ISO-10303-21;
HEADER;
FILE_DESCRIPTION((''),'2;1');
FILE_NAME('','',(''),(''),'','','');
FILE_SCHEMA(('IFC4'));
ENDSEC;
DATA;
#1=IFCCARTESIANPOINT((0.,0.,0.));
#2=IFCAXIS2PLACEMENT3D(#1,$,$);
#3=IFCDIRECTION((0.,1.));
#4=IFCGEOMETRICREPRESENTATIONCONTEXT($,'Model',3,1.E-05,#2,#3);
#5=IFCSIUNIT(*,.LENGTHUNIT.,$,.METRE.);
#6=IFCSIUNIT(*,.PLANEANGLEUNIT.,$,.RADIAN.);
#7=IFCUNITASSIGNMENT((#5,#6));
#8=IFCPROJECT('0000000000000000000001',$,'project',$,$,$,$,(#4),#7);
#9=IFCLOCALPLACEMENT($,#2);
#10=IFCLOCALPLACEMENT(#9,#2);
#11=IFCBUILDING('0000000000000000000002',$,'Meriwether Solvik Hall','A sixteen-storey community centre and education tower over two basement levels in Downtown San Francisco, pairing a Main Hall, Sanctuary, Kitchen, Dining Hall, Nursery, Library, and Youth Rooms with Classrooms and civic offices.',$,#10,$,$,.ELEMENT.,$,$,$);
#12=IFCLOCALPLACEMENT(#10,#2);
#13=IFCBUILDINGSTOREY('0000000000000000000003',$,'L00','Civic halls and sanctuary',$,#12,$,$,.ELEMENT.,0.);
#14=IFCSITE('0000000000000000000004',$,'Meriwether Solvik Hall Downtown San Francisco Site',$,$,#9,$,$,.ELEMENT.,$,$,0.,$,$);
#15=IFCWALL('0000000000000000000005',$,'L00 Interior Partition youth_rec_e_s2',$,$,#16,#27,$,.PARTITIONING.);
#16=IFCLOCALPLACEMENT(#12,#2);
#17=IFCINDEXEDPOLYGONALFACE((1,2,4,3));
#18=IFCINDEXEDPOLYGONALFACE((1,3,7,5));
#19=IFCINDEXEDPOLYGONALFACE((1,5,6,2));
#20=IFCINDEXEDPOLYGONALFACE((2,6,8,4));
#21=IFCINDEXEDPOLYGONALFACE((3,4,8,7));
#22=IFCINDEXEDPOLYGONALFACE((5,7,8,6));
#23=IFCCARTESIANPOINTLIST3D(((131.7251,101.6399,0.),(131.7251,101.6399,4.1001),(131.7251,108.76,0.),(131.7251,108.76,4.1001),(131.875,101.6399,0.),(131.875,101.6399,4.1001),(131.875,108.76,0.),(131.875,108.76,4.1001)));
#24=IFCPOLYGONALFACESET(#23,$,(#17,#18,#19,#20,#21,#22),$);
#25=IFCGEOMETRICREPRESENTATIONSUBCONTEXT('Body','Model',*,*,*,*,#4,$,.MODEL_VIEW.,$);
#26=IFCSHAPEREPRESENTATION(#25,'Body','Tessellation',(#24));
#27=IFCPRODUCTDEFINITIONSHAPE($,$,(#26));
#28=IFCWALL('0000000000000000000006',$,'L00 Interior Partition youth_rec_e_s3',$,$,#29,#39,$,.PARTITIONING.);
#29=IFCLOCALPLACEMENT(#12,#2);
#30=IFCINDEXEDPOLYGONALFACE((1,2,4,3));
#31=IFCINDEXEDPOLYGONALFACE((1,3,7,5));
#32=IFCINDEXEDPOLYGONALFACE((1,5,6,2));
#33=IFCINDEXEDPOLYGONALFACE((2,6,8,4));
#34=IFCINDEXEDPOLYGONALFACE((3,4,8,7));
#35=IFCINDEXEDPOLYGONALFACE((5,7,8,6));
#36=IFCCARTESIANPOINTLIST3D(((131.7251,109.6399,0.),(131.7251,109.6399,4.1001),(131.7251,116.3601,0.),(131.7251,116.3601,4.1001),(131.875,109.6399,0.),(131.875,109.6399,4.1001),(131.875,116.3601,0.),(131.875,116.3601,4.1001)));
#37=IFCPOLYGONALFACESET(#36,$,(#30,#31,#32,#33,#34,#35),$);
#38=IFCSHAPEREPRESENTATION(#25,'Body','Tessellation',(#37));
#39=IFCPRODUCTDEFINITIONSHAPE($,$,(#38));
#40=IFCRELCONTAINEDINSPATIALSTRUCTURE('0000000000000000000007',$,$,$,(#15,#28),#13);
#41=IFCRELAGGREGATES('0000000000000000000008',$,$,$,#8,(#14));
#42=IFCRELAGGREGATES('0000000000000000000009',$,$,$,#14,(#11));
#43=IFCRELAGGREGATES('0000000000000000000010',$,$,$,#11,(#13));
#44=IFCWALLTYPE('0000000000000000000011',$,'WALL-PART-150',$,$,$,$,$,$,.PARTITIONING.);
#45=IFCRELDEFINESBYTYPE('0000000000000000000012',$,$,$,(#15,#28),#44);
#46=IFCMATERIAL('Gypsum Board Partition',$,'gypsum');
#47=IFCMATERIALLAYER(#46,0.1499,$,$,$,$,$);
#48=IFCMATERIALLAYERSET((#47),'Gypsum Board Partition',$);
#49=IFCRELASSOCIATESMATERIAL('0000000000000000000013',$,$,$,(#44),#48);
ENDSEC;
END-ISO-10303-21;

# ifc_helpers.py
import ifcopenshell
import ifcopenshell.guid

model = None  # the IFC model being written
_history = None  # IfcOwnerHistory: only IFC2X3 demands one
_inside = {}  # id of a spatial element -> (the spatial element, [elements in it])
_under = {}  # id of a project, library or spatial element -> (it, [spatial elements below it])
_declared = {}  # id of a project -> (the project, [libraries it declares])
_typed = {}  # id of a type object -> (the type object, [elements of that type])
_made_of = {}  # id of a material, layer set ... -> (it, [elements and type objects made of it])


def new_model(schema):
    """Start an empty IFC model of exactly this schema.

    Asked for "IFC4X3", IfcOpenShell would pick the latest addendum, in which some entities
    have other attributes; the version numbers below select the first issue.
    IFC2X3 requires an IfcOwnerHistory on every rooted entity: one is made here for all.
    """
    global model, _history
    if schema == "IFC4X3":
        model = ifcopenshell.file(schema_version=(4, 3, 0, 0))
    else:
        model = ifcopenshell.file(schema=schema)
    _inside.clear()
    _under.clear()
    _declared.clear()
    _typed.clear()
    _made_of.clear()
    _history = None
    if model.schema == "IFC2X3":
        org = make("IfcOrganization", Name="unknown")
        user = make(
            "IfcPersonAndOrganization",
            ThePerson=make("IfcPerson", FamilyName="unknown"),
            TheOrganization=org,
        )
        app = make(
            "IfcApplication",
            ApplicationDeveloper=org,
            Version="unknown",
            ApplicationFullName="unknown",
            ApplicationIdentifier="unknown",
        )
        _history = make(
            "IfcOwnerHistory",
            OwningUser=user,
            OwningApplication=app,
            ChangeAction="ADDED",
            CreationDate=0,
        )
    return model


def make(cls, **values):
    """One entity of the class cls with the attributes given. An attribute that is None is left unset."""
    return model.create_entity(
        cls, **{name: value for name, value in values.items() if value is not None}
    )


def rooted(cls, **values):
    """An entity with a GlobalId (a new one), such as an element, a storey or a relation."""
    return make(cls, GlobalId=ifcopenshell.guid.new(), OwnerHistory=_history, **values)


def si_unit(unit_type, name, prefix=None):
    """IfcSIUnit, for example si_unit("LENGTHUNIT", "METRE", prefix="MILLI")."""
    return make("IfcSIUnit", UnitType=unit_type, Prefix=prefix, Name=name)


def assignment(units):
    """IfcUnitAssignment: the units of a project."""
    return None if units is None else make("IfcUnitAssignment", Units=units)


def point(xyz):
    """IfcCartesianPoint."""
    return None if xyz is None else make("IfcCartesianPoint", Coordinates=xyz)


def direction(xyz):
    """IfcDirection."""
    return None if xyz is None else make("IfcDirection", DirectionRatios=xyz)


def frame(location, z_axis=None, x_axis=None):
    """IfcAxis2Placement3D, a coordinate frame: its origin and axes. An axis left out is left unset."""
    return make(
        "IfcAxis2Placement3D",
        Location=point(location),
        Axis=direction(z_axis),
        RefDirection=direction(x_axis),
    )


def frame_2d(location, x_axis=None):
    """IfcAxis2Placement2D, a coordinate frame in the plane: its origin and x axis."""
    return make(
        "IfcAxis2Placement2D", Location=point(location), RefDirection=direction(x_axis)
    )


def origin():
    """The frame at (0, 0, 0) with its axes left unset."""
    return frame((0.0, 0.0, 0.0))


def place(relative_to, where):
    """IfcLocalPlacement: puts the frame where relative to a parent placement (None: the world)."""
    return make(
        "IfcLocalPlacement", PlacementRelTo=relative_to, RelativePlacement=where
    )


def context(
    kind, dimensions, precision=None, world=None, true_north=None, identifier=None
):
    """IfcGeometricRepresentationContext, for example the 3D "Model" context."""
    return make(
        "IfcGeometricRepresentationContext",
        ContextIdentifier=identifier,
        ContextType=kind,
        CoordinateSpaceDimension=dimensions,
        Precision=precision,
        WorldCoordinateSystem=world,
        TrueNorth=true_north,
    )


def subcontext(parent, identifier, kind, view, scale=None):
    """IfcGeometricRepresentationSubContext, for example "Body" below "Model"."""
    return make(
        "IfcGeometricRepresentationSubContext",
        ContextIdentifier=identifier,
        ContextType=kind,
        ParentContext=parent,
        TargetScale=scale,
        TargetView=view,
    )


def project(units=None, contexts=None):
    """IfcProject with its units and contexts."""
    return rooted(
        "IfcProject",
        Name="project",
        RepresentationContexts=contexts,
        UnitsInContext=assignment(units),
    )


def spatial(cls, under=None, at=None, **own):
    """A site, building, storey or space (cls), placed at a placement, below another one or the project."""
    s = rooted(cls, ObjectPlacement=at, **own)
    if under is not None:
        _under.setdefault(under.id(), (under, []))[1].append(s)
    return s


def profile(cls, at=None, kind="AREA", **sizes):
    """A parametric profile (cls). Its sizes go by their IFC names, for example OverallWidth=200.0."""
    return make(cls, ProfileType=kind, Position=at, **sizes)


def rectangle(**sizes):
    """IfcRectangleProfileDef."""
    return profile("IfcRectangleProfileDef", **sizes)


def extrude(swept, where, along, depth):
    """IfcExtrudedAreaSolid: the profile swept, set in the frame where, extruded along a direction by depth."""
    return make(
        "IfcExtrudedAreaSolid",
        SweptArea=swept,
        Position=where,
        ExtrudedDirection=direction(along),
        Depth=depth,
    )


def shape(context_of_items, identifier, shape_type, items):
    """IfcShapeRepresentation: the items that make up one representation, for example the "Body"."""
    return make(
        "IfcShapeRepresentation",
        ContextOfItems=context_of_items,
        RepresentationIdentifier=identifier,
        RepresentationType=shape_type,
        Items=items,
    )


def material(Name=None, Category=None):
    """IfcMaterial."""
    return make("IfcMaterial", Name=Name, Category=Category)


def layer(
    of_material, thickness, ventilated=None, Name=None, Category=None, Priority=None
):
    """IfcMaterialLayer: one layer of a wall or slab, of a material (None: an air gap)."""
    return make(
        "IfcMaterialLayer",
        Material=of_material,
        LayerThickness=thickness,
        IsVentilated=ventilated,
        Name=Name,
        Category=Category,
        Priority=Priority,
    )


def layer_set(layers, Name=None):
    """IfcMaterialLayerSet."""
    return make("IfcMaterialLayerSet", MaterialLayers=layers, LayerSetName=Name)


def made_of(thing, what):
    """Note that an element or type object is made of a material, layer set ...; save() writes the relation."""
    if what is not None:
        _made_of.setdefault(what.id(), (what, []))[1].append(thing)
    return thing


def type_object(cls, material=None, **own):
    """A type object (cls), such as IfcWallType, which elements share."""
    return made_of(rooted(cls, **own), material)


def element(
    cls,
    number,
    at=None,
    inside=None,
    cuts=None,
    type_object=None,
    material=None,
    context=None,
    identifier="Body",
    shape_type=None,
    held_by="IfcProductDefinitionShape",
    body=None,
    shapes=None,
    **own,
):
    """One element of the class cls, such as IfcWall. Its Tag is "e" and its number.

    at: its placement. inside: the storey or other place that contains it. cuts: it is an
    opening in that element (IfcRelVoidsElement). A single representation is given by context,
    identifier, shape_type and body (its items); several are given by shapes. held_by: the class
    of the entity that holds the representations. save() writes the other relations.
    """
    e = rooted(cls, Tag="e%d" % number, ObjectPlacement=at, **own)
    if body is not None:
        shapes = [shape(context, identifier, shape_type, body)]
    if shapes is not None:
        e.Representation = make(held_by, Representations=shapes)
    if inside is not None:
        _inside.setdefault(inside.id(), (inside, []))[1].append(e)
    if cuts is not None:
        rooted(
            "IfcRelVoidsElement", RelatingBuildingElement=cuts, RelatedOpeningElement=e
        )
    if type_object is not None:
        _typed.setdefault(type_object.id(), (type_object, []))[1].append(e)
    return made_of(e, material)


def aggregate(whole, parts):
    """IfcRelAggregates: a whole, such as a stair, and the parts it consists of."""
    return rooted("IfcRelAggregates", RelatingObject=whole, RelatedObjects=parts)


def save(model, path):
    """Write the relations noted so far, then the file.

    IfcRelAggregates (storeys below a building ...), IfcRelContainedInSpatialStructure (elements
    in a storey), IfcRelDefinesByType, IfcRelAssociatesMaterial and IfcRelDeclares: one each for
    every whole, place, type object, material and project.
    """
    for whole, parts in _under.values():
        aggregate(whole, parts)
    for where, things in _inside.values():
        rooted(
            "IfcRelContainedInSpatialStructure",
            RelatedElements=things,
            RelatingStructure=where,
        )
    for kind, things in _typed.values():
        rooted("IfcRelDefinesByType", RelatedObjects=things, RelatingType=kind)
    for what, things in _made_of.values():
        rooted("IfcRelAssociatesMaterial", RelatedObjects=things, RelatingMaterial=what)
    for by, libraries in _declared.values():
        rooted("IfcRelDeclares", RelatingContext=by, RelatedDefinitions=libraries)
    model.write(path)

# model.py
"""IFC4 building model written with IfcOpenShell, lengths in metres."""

from ifc_helpers import new_model, si_unit, direction, frame, frame_2d, origin, place, context, subcontext, project, spatial, rectangle, extrude, material, layer, layer_set, type_object, element, save


model = new_model("IFC4")

# Units and contexts
model_context = context("Model", 3, precision=1e-05, world=origin(), true_north=direction((0.0, 1.0)))
body_context = subcontext(model_context, "Body", "Model", "MODEL_VIEW")
ifc_project = project(units=[si_unit("LENGTHUNIT", "METRE"), si_unit("PLANEANGLEUNIT", "RADIAN")], contexts=[model_context])

# Site, building, storey
site_placement = place(None, origin())
site = spatial("IfcSite", under=ifc_project, at=site_placement, Name="Meriwether Solvik Hall Downtown San Francisco Site", CompositionType="ELEMENT", RefElevation=0.0)
building_placement = place(site_placement, origin())
building = spatial("IfcBuilding", under=site, at=building_placement, Name="Meriwether Solvik Hall", Description="A sixteen-storey community centre and education tower over two basement levels in Downtown San Francisco, pairing a Main Hall, Sanctuary, Kitchen, Dining Hall, Nursery, Library, and Youth Rooms with Classrooms and civic offices.", CompositionType="ELEMENT")
storey_placement = place(building_placement, origin())
storey = spatial("IfcBuildingStorey", under=building, at=storey_placement, Name="L00", Description="Civic halls and sanctuary", CompositionType="ELEMENT", Elevation=0.0)

# Walls
ifc_material_1 = material(Name="Gypsum Board Partition", Category="gypsum")
ifc_layer_1 = layer(ifc_material_1, 0.1499)
ifc_layer_set_1 = layer_set([ifc_layer_1], Name="Gypsum Board Partition")
wall_type = type_object("IfcWallType", Name="WALL-PART-150", PredefinedType="PARTITIONING", material=ifc_layer_set_1)
wall_1_placement = place(storey_placement, frame((131.8, 101.6399, 0.0), z_axis=(0.0, 0.0, 1.0), x_axis=(0.0, 1.0, 0.0)))
element("IfcWall", 1, at=wall_1_placement, inside=storey, type_object=wall_type, Name="L00 Interior Partition youth_rec_e_s2", PredefinedType="PARTITIONING", context=body_context, shape_type="SweptSolid", body=[
    extrude(rectangle(XDim=7.1201, YDim=0.1499, at=frame_2d((3.5601, 0.0))), origin(), (0.0, 0.0, 1.0), 4.1001),
])
wall_2_placement = place(storey_placement, frame((131.8, 109.6399, 0.0), z_axis=(0.0, 0.0, 1.0), x_axis=(0.0, 1.0, 0.0)))
element("IfcWall", 2, at=wall_2_placement, inside=storey, type_object=wall_type, Name="L00 Interior Partition youth_rec_e_s3", PredefinedType="PARTITIONING", context=body_context, shape_type="SweptSolid", body=[
    extrude(rectangle(XDim=6.7202, YDim=0.1499, at=frame_2d((3.3601, 0.0))), origin(), (0.0, 0.0, 1.0), 4.1001),
])

save(model, "model.ifc")
